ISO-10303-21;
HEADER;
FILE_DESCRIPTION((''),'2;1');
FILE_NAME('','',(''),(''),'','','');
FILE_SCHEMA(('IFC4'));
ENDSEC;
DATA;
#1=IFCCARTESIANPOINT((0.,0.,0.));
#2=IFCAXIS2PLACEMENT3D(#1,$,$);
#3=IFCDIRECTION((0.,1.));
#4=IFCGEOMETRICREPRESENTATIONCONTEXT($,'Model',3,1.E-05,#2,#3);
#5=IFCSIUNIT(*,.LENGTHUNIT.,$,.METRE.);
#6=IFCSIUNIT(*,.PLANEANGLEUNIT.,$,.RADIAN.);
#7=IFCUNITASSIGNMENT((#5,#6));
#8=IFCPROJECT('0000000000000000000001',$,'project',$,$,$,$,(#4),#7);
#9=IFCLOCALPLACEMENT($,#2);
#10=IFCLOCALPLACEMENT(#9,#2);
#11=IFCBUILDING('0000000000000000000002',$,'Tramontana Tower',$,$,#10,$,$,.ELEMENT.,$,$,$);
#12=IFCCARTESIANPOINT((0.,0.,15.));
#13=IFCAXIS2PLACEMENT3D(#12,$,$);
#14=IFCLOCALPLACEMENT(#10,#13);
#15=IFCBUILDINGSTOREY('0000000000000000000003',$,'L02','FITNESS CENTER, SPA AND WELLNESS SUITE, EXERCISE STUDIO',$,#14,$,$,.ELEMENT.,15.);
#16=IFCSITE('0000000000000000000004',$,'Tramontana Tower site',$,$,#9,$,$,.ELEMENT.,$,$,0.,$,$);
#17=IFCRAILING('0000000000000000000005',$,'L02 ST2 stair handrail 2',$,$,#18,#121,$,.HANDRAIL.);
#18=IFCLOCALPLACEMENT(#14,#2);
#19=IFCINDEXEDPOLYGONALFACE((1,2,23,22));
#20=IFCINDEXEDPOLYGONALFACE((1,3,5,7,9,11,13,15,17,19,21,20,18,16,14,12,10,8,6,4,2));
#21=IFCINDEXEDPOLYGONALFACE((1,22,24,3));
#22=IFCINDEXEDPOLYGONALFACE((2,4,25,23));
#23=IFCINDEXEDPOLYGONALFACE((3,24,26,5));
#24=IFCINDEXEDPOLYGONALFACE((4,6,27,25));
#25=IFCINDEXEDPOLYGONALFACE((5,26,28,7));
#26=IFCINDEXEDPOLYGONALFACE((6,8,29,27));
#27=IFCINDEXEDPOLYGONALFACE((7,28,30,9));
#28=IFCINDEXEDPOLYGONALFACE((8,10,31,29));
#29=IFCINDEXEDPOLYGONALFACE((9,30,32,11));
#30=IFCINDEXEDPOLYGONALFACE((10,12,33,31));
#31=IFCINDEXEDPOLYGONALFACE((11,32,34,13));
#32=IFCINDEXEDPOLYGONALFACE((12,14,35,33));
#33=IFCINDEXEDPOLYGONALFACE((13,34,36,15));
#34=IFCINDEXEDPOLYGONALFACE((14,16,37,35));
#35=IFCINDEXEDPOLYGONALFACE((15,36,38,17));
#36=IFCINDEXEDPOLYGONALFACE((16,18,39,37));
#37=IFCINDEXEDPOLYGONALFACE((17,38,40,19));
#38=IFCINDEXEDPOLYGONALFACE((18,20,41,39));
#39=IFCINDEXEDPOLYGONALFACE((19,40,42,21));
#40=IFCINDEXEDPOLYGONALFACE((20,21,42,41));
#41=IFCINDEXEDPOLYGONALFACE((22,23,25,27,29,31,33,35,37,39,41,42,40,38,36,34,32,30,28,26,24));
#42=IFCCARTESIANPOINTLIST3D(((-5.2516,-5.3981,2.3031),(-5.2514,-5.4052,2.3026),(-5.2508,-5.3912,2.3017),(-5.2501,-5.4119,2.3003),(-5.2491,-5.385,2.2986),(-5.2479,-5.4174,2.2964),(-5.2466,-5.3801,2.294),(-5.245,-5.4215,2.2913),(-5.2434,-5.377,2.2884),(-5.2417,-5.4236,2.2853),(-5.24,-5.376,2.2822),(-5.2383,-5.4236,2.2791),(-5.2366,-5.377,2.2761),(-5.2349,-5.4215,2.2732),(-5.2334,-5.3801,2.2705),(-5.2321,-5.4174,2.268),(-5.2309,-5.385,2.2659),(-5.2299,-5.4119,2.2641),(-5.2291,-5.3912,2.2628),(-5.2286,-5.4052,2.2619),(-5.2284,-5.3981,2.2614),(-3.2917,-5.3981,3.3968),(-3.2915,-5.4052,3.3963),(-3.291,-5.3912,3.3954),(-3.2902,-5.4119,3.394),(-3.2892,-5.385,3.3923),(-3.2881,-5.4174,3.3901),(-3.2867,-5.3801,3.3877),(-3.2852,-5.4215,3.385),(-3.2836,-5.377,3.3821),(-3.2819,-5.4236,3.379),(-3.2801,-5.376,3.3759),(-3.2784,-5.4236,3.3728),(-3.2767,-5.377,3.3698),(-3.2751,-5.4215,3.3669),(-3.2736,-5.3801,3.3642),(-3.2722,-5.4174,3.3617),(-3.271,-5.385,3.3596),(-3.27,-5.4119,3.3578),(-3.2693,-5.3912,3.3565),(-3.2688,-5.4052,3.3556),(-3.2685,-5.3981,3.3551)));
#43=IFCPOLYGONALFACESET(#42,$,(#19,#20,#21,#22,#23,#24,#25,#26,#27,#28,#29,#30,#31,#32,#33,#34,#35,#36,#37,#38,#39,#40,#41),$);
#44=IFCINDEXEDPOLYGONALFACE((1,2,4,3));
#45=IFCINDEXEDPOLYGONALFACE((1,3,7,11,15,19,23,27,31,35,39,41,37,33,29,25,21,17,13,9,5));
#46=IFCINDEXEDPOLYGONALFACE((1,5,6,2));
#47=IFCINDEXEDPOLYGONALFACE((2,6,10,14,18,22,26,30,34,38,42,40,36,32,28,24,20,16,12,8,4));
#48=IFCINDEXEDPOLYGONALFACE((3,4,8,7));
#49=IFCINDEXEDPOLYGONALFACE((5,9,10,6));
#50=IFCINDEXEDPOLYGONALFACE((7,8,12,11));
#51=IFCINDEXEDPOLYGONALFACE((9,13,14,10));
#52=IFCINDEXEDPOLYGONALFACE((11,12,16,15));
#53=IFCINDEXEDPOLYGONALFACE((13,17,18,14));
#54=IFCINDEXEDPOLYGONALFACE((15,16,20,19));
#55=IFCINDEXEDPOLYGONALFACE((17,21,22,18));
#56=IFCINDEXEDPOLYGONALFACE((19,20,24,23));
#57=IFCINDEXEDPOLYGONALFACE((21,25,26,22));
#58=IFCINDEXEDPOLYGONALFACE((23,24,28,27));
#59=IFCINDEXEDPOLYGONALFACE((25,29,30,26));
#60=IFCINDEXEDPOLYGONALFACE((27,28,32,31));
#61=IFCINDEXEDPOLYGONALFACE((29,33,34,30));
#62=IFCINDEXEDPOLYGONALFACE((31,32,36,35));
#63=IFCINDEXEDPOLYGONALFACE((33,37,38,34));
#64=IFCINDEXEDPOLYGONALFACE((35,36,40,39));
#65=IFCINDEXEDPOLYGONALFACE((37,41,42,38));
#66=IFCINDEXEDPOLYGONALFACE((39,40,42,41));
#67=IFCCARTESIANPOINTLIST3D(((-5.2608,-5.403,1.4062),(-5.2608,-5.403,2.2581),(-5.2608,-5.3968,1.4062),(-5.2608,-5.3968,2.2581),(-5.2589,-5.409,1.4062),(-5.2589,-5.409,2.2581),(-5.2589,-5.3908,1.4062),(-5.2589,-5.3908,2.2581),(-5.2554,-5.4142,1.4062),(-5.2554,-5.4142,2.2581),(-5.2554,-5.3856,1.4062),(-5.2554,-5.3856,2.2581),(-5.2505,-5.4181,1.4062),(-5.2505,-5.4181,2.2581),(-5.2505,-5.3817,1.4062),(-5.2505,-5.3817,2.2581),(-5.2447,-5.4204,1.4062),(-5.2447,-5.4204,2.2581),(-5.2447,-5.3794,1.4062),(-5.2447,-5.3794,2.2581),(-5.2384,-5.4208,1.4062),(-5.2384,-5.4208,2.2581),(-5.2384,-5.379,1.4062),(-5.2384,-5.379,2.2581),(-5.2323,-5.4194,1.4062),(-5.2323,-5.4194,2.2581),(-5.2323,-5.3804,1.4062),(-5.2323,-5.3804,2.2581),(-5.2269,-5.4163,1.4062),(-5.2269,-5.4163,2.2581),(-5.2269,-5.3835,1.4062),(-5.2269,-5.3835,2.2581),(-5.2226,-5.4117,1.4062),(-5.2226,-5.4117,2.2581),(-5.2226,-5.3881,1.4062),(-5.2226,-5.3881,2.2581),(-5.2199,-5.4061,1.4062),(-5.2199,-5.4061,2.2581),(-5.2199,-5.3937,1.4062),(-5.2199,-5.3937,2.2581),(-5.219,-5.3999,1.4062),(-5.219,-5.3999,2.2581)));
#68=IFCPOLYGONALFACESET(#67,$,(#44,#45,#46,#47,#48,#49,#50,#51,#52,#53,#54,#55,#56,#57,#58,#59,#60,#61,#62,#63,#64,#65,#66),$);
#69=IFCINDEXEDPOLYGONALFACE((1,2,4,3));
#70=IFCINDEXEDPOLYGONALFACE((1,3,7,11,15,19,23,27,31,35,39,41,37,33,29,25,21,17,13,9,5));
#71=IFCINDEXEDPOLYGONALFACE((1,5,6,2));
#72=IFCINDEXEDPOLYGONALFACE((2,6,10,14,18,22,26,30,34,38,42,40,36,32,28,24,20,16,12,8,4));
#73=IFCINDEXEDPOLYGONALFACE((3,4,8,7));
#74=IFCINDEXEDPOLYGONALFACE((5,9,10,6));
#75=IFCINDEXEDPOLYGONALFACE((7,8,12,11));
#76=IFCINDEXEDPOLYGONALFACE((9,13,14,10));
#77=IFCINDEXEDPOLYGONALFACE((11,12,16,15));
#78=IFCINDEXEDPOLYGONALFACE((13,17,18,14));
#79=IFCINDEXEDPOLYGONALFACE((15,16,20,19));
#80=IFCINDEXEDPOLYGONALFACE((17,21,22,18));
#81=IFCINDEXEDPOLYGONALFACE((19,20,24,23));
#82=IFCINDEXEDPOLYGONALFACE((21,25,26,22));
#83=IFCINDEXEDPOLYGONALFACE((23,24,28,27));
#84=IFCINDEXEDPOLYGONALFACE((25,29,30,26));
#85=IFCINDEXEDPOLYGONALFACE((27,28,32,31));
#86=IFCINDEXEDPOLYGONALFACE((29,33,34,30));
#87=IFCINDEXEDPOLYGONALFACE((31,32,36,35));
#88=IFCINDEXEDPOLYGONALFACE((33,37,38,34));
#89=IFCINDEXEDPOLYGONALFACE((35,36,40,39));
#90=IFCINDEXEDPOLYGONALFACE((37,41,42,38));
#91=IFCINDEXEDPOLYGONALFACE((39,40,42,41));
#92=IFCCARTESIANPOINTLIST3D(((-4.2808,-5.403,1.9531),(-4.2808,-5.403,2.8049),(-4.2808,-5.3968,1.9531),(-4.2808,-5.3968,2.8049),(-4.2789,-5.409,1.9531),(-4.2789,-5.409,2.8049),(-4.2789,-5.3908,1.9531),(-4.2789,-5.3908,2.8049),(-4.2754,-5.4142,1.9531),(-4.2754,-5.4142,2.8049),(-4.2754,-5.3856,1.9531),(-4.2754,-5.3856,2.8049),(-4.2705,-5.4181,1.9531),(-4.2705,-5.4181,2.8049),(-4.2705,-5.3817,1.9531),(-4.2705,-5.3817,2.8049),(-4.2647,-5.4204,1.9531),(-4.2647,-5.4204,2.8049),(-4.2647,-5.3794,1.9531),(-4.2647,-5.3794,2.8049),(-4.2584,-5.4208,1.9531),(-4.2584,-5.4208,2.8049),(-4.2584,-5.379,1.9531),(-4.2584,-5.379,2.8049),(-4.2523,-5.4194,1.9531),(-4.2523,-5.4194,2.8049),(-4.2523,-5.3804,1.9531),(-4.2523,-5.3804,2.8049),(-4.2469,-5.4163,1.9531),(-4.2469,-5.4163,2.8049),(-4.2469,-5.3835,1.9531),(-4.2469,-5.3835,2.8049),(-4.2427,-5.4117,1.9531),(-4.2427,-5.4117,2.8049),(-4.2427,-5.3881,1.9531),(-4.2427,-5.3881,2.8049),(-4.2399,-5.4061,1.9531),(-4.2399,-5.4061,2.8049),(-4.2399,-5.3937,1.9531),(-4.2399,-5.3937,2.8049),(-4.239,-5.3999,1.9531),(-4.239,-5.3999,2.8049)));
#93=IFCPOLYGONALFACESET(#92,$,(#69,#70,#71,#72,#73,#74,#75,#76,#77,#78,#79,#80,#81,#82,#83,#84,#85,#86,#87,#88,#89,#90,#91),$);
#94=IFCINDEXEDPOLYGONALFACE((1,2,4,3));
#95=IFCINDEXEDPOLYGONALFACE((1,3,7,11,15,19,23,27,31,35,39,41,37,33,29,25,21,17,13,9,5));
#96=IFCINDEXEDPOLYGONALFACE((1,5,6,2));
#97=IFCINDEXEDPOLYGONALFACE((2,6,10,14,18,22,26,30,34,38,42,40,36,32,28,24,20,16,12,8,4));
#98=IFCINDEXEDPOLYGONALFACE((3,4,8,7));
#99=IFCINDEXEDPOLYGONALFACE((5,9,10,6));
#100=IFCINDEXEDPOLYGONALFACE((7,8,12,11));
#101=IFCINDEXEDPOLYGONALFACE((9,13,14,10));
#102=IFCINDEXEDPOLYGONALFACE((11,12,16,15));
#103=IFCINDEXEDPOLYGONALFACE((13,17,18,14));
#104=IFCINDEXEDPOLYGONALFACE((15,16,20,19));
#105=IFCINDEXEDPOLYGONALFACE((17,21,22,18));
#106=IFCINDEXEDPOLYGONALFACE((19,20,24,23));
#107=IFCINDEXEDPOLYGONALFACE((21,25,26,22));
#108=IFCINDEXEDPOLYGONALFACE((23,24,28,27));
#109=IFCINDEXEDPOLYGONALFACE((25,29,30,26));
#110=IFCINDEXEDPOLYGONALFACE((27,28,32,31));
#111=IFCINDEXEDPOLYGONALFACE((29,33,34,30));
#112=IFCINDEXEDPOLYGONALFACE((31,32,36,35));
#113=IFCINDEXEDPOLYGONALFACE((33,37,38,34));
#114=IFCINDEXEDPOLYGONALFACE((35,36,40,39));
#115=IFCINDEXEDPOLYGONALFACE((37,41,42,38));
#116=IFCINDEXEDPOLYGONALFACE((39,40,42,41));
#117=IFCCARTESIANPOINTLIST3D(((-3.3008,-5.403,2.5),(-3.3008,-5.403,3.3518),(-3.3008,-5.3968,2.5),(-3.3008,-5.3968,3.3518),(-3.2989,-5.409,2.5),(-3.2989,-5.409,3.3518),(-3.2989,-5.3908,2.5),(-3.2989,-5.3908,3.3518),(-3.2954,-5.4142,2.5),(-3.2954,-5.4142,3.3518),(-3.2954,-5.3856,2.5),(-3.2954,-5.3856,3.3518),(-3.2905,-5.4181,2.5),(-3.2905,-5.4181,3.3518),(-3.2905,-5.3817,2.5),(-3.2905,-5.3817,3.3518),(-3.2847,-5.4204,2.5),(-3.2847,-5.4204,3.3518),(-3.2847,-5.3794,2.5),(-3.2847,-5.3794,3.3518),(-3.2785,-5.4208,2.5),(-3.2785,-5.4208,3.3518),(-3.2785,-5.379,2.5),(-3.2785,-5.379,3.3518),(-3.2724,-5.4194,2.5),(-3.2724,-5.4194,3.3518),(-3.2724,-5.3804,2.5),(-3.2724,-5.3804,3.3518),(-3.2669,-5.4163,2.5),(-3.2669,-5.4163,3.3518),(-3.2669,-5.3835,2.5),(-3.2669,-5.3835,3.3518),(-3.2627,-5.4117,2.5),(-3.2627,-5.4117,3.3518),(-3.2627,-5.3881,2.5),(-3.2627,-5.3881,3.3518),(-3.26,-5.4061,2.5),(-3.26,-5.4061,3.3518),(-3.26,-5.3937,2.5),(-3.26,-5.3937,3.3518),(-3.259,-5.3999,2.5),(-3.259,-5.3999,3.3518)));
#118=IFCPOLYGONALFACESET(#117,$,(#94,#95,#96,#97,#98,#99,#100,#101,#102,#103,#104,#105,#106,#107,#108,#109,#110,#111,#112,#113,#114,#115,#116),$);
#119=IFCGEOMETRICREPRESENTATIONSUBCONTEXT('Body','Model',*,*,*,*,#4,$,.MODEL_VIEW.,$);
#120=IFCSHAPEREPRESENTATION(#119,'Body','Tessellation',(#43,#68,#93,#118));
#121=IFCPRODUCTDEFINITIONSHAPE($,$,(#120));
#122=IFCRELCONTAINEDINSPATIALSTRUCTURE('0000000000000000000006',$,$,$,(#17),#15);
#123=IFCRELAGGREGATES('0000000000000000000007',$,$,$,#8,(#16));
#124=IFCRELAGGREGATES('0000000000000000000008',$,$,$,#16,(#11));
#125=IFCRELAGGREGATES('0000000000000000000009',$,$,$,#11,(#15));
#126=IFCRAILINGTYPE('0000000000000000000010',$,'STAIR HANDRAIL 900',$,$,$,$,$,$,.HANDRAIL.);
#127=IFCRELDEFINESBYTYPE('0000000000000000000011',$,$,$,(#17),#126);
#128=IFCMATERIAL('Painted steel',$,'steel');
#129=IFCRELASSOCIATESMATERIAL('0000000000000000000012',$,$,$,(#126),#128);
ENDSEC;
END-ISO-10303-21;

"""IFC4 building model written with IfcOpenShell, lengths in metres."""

from ifc_helpers import new_model, si_unit, direction, frame, origin, origin_2d, place, context, subcontext, project, spatial, circle, extrude, material, type_object, element, save


model = new_model("IFC4")

# Units and contexts
model_context = context("Model", 3, precision=1e-05, world=origin(), true_north=direction((0.0, 1.0)))
body_context = subcontext(model_context, "Body", "Model", "MODEL_VIEW")
ifc_project = project(units=[si_unit("LENGTHUNIT", "METRE"), si_unit("PLANEANGLEUNIT", "RADIAN")], contexts=[model_context])

# Site, building, storey
site_placement = place(None, origin())
site = spatial("IfcSite", under=ifc_project, at=site_placement, Name="Tramontana Tower site", CompositionType="ELEMENT", RefElevation=0.0)
building_placement = place(site_placement, origin())
building = spatial("IfcBuilding", under=site, at=building_placement, Name="Tramontana Tower", CompositionType="ELEMENT")
storey_placement = place(building_placement, frame((0.0, 0.0, 15.0)))
storey = spatial("IfcBuildingStorey", under=building, at=storey_placement, Name="L02", Description="FITNESS CENTER, SPA AND WELLNESS SUITE, EXERCISE STUDIO", CompositionType="ELEMENT", Elevation=15.0)

# Railing
ifc_material_1 = material(Name="Painted steel", Category="steel")
railing_type_1 = type_object("IfcRailingType", Name="STAIR HANDRAIL 900", PredefinedType="HANDRAIL", material=ifc_material_1)
railing_1_placement = place(storey_placement, frame((-5.24, -5.3999, 1.4062)))
element("IfcRailing", 1, at=railing_1_placement, inside=storey, type_object=railing_type_1, Name="L02 ST2 stair handrail 2", PredefinedType="HANDRAIL", context=body_context, shape_type="SweptSolid", body=[
    extrude(circle(Radius=0.0239, at=origin_2d()), frame((0.0, 0.0, 0.876), z_axis=(0.873232, 0.0, 0.487304), x_axis=(0.0, 1.0, 0.0)), (0.0, 0.0, 1.0), 2.2444),
    extrude(circle(Radius=0.021, at=origin_2d()), origin(), (0.0, 0.0, 1.0), 0.8518),
    extrude(circle(Radius=0.021, at=origin_2d()), frame((0.98, 0.0, 0.5469)), (0.0, 0.0, 1.0), 0.8518),
    extrude(circle(Radius=0.021, at=origin_2d()), frame((1.96, 0.0, 1.0938)), (0.0, 0.0, 1.0), 0.8518),
])

save(model, "model.ifc")
